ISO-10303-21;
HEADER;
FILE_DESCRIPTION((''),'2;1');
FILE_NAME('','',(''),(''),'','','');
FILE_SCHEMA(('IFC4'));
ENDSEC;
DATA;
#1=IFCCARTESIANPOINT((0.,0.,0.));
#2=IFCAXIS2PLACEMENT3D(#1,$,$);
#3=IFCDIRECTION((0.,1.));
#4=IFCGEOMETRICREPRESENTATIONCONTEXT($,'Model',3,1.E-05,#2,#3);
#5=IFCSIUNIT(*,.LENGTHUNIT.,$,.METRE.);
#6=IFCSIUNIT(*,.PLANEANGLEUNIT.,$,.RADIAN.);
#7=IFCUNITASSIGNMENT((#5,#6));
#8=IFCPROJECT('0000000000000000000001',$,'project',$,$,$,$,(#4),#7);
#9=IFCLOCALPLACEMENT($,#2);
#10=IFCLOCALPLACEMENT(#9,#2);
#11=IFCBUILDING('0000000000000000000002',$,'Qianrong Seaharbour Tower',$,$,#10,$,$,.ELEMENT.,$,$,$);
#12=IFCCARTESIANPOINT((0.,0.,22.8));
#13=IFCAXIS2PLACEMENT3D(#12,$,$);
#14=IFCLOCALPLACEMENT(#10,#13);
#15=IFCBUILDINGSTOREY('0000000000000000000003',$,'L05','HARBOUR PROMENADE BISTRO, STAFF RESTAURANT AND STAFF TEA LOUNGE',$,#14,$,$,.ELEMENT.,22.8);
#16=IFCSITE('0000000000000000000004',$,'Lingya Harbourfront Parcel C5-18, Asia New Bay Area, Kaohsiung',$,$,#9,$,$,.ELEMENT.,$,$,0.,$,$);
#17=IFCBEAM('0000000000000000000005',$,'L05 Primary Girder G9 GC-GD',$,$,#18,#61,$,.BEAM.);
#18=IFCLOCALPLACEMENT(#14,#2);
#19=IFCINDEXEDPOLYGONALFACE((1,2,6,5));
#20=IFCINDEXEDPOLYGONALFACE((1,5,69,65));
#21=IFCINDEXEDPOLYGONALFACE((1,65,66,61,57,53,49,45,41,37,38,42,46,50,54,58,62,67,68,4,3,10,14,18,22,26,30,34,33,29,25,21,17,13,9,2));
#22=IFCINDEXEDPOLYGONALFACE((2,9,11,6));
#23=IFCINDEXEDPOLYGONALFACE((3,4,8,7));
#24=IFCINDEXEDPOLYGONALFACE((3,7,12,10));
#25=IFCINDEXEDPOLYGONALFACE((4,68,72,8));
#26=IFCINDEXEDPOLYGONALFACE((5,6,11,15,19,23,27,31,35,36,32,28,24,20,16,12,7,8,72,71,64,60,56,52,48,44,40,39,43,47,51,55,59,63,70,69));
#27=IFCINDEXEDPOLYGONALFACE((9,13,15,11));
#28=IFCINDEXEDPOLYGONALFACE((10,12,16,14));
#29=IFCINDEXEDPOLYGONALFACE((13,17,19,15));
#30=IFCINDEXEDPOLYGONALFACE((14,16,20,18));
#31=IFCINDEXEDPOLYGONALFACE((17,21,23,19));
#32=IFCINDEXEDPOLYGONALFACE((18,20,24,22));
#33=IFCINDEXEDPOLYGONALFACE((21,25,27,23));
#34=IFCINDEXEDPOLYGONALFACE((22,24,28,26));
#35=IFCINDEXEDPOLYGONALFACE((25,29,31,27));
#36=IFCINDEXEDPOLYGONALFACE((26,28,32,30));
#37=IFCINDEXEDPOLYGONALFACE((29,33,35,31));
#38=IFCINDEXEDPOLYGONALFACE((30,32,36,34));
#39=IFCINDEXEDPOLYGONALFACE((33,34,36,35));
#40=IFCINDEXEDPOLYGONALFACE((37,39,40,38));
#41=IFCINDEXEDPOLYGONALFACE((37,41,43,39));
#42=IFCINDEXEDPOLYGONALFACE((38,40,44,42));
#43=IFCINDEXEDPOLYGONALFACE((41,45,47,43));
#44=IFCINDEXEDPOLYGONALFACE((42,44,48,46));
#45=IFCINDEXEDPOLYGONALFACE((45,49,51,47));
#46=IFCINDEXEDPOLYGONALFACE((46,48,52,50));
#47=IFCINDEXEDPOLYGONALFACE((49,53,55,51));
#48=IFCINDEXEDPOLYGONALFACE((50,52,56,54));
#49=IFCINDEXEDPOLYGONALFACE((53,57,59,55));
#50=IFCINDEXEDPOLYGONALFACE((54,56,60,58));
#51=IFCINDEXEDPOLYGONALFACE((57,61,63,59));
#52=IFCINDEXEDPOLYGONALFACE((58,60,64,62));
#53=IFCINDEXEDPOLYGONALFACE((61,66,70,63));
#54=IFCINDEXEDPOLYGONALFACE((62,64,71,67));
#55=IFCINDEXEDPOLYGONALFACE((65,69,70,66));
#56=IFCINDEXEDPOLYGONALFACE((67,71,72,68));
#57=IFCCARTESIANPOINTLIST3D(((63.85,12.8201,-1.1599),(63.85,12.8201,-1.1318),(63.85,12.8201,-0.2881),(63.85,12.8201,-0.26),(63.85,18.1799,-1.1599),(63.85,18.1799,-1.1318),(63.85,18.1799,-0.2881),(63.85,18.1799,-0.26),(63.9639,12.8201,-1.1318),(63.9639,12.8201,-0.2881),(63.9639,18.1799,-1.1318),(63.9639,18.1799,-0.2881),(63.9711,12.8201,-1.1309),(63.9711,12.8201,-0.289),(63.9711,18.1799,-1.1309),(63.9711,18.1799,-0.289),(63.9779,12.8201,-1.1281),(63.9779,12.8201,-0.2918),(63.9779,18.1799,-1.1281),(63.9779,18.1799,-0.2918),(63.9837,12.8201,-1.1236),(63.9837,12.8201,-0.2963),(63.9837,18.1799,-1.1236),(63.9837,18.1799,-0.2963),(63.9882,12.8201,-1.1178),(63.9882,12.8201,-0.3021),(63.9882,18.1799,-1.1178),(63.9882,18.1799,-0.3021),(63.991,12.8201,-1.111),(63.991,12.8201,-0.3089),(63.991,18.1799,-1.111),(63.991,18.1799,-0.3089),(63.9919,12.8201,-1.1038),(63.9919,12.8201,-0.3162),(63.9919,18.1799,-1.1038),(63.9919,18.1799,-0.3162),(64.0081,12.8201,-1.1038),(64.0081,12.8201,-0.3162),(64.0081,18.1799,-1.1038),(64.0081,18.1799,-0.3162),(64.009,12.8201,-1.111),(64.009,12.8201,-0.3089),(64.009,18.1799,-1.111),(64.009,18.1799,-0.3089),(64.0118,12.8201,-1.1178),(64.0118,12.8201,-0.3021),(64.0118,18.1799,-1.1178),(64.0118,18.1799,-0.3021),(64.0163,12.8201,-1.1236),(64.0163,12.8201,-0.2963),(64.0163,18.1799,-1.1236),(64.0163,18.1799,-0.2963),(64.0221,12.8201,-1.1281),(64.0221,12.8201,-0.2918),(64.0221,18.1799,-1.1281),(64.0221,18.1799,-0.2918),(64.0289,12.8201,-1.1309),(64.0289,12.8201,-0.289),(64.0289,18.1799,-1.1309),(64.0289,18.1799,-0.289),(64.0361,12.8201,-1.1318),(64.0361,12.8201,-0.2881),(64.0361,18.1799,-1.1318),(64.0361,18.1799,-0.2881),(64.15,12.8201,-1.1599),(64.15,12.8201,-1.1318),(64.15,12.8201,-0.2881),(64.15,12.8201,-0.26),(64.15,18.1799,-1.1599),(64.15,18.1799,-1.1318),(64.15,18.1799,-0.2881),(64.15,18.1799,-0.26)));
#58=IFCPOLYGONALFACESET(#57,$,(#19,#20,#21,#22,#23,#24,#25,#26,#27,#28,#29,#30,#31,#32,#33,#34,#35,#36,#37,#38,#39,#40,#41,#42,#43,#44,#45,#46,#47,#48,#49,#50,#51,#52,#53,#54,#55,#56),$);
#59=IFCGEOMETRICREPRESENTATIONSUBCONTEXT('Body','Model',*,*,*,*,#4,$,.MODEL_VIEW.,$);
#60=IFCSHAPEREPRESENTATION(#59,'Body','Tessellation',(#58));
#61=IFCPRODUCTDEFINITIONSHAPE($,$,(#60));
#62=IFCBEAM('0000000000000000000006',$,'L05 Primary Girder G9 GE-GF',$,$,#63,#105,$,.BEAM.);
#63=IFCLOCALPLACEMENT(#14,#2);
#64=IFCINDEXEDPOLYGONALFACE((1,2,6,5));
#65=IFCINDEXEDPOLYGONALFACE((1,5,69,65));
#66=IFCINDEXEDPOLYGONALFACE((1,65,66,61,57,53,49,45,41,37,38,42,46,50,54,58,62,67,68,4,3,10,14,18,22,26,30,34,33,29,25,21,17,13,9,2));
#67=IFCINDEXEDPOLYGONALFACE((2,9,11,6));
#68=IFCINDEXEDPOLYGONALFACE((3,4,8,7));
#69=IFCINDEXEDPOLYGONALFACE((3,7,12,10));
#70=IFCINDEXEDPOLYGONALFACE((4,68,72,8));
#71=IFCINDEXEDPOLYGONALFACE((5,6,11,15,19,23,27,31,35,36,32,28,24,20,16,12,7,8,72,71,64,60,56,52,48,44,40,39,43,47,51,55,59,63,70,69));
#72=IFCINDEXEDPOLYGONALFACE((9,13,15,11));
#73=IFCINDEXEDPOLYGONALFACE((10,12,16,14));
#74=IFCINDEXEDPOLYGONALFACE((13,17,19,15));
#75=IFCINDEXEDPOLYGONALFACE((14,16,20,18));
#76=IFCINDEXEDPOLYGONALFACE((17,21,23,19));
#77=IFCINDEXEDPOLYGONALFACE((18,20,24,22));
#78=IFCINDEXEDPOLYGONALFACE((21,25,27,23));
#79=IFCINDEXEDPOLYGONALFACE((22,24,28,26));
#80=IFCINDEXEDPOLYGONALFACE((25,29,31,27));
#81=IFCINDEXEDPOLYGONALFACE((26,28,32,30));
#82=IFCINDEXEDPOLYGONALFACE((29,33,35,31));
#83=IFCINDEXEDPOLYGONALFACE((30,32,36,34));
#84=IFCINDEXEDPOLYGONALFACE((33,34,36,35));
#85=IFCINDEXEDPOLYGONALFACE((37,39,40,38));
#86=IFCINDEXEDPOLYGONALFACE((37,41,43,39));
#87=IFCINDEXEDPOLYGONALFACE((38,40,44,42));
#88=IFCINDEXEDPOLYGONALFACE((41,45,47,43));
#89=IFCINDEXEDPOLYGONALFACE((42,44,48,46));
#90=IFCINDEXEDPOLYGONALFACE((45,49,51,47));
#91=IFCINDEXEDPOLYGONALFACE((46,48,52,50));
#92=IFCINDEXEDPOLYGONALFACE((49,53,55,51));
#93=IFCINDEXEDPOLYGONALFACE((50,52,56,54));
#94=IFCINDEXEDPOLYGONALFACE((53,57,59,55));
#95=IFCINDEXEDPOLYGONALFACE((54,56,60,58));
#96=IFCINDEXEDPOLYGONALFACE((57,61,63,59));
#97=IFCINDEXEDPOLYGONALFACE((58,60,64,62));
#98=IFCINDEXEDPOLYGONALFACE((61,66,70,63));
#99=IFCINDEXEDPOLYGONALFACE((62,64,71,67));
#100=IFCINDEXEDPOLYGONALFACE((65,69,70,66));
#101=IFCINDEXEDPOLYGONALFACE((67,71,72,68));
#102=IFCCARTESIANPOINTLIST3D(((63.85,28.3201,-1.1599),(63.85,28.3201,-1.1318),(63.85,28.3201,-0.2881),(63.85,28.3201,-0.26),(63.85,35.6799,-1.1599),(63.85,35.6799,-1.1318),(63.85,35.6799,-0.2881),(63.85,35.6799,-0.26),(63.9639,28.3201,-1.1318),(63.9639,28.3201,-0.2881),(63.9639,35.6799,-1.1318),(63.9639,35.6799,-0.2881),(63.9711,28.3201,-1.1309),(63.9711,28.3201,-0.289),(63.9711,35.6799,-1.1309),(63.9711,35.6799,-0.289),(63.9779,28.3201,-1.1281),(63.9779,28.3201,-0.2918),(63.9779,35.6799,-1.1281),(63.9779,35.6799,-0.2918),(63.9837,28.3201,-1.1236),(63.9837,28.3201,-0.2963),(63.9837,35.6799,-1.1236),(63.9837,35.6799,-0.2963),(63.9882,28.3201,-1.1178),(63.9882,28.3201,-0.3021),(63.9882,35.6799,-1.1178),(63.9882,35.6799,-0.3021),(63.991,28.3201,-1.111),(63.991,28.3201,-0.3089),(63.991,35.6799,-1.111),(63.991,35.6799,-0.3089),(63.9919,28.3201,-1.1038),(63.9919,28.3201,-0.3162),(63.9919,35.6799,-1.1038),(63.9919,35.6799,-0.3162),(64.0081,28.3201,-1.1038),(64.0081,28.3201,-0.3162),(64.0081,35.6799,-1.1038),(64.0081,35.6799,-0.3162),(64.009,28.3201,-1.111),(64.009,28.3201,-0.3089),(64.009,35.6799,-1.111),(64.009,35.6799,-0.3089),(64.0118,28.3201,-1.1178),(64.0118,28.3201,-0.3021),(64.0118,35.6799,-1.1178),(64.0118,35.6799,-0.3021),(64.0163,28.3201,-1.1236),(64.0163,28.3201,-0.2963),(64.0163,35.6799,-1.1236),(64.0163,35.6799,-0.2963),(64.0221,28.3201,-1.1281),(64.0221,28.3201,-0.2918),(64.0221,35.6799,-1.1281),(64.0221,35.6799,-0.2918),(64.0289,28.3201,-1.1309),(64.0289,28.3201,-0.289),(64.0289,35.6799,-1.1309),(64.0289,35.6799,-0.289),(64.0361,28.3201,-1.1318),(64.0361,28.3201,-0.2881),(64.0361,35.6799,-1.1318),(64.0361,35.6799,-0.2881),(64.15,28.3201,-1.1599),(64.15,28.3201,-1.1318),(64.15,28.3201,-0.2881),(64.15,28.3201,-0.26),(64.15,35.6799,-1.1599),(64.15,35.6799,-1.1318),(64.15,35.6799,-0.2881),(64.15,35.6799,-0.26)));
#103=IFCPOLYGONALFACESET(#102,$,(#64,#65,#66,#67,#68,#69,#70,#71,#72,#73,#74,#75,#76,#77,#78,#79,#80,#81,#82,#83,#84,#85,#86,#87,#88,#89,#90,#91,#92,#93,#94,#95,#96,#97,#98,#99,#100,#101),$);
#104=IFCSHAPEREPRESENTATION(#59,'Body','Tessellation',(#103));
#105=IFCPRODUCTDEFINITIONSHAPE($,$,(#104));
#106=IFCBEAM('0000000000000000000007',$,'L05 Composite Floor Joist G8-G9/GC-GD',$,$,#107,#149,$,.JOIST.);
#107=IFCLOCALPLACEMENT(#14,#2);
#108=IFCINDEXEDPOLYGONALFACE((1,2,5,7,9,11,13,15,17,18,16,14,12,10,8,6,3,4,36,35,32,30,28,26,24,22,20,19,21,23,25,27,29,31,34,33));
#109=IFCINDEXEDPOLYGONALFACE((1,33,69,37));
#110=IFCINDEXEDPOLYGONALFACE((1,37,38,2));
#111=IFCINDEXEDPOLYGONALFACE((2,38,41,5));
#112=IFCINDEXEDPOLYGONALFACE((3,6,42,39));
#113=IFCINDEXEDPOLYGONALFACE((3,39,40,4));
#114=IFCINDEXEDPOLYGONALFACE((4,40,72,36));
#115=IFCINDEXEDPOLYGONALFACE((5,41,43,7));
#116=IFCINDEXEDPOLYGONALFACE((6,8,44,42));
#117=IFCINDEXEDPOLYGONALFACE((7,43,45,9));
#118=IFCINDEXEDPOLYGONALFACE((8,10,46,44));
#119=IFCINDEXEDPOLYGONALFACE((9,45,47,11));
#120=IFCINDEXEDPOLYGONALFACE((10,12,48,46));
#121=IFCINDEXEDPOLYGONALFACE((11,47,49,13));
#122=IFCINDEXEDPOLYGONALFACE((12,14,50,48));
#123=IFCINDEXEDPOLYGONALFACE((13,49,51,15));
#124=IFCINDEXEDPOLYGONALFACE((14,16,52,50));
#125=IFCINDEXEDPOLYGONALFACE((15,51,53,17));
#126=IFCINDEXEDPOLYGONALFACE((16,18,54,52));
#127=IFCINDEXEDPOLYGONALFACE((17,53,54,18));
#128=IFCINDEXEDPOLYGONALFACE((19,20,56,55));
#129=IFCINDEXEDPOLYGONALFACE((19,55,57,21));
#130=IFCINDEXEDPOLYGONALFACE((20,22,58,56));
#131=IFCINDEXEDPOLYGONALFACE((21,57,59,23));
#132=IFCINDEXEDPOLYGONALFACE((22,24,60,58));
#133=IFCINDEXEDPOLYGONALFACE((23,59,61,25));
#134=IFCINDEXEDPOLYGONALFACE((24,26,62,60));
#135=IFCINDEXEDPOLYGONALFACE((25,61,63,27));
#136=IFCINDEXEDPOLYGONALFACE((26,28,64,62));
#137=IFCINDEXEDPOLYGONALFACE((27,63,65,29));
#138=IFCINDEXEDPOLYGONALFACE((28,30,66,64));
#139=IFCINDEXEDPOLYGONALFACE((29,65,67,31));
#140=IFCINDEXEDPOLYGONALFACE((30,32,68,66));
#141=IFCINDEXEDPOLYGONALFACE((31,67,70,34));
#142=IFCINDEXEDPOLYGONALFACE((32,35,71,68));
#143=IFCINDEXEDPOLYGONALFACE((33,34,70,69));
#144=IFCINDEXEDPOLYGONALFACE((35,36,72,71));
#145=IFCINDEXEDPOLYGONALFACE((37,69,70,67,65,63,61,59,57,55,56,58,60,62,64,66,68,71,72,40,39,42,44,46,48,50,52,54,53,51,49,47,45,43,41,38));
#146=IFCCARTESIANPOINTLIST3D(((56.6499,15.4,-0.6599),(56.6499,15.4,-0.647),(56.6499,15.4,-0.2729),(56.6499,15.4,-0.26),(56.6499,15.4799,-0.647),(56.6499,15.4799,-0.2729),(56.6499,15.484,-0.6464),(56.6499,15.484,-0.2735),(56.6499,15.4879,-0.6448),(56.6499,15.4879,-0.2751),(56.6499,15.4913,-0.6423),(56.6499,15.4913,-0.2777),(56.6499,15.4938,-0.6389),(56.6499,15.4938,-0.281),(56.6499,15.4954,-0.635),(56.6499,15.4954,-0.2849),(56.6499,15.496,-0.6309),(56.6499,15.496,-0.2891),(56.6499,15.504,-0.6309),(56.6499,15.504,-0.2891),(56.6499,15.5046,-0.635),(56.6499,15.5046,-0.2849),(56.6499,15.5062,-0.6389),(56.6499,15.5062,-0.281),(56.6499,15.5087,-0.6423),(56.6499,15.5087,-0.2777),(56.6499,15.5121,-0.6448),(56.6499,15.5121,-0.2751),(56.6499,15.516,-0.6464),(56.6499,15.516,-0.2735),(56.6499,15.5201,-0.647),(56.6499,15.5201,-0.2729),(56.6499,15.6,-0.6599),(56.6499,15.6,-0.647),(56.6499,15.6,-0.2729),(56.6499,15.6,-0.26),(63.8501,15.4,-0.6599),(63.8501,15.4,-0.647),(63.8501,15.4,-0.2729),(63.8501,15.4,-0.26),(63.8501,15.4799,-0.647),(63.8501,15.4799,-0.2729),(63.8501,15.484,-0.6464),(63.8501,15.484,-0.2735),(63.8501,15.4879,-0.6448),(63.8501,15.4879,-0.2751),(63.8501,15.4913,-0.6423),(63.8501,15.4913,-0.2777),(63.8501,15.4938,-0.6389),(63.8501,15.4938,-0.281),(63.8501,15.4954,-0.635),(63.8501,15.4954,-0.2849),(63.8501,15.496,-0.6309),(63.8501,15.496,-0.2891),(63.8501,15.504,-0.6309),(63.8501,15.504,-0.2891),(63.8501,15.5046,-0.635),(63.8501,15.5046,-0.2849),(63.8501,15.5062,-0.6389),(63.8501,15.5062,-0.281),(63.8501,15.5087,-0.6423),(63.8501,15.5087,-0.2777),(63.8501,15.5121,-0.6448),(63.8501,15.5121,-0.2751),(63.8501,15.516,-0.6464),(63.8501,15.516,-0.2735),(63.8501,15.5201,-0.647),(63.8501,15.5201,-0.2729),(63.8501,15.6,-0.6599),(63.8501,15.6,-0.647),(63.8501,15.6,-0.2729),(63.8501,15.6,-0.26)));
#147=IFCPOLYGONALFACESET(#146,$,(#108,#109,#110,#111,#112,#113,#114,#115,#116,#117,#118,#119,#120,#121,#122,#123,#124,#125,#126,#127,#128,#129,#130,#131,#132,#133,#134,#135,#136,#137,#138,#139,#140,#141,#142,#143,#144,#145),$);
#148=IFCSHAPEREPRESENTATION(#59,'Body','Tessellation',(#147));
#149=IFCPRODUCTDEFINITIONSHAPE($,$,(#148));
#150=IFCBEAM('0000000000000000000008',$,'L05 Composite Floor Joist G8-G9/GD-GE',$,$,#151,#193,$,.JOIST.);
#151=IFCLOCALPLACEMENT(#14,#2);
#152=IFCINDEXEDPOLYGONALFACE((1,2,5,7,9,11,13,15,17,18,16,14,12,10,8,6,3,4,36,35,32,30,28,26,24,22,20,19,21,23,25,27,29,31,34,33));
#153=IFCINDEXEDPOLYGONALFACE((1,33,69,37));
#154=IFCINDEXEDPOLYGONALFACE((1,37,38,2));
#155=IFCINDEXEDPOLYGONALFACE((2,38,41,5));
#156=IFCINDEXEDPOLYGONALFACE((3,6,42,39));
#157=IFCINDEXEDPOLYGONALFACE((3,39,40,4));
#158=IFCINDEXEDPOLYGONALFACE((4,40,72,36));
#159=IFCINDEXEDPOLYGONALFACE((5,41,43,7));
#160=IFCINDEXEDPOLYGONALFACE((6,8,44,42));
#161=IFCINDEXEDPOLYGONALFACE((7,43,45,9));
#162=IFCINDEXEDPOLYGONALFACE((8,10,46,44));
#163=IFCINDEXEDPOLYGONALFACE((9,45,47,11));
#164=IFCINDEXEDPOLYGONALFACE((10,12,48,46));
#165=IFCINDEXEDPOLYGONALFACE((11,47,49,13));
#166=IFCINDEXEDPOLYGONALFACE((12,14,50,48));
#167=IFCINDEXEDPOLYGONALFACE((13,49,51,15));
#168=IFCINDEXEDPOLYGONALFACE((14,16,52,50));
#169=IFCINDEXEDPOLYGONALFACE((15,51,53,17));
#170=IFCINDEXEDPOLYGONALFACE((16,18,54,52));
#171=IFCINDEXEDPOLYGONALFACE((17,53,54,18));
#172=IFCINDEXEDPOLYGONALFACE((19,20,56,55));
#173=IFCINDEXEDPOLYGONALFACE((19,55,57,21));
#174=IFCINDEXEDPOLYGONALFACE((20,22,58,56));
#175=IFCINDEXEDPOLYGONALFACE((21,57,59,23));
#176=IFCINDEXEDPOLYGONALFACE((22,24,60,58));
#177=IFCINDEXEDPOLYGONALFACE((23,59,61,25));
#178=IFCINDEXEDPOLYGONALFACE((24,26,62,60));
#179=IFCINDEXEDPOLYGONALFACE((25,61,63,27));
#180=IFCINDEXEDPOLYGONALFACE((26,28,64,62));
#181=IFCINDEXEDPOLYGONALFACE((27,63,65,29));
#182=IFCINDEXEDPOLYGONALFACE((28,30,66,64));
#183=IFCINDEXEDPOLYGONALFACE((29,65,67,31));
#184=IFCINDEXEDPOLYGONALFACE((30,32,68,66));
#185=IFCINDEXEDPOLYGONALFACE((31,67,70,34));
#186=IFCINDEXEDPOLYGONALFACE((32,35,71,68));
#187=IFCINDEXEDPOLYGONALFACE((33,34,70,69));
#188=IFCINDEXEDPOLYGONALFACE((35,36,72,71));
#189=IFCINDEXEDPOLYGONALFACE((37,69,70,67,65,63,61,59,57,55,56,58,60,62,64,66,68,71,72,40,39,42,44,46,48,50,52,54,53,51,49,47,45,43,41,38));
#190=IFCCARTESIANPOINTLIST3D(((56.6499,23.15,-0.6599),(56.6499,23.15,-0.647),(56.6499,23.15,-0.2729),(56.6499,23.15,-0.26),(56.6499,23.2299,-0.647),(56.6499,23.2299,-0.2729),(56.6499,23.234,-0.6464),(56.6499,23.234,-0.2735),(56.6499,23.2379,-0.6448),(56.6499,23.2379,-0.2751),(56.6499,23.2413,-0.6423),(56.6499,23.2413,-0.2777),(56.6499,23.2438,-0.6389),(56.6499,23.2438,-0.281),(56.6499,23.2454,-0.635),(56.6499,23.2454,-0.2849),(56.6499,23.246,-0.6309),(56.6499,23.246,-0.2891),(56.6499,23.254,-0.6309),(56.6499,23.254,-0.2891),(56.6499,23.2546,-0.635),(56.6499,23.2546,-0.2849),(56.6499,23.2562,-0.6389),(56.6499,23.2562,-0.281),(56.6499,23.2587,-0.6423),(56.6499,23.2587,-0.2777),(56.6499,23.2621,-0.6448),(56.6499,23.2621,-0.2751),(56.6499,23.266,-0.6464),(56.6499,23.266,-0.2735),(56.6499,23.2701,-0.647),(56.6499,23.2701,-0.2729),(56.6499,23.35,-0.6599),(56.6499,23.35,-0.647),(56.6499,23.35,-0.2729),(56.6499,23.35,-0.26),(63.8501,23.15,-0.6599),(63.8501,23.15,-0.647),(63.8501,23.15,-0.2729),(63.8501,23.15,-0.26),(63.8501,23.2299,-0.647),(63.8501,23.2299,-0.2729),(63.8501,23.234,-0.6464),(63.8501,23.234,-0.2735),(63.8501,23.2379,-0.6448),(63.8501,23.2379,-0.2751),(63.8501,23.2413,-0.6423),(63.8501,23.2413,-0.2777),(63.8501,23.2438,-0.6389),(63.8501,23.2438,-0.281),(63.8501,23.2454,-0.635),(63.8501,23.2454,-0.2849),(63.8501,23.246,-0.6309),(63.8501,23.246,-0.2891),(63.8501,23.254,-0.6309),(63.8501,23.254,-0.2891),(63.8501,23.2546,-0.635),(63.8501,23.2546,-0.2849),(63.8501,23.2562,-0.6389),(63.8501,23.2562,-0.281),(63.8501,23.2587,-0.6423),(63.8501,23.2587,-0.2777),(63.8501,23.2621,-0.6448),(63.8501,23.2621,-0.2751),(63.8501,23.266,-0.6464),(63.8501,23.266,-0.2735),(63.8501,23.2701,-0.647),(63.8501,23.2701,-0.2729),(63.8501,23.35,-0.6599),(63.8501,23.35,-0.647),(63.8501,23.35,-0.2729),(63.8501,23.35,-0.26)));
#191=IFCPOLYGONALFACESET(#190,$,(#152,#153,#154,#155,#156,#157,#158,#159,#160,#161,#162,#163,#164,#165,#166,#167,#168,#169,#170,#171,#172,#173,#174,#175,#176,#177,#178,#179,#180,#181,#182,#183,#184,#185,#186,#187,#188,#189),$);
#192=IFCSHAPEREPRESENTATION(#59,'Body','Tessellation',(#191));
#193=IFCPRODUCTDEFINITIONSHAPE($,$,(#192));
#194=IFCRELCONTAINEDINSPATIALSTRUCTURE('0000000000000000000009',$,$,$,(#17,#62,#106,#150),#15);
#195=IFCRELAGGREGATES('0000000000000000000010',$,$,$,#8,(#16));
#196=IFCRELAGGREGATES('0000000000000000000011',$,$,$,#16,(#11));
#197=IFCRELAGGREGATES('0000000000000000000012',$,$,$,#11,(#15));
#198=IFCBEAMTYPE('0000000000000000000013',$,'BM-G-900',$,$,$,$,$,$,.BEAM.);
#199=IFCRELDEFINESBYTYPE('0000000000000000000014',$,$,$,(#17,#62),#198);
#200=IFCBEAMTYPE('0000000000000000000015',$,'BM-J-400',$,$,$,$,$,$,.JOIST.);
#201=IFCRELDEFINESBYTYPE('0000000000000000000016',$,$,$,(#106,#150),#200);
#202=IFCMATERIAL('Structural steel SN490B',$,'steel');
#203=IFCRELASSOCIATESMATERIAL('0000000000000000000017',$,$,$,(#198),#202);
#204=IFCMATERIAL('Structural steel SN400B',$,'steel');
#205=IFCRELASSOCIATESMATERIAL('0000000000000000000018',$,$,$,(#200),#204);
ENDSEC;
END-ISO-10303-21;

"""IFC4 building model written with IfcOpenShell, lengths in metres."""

from ifc_helpers import new_model, si_unit, direction, frame, origin, origin_2d, place, context, subcontext, project, spatial, i_section, extrude, material, material_profile, profile_set, type_object, element, save


model = new_model("IFC4")

# Units and contexts
model_context = context("Model", 3, precision=1e-05, world=origin(), true_north=direction((0.0, 1.0)))
body_context = subcontext(model_context, "Body", "Model", "MODEL_VIEW")
ifc_project = project(units=[si_unit("LENGTHUNIT", "METRE"), si_unit("PLANEANGLEUNIT", "RADIAN")], contexts=[model_context])

# Site, building, storey
site_placement = place(None, origin())
site = spatial("IfcSite", under=ifc_project, at=site_placement, Name="Lingya Harbourfront Parcel C5-18, Asia New Bay Area, Kaohsiung", CompositionType="ELEMENT", RefElevation=0.0)
building_placement = place(site_placement, origin())
building = spatial("IfcBuilding", under=site, at=building_placement, Name="Qianrong Seaharbour Tower", CompositionType="ELEMENT")
storey_placement = place(building_placement, frame((0.0, 0.0, 22.8)))
storey = spatial("IfcBuildingStorey", under=building, at=storey_placement, Name="L05", Description="HARBOUR PROMENADE BISTRO, STAFF RESTAURANT AND STAFF TEA LOUNGE", CompositionType="ELEMENT", Elevation=22.8)

# Shared definitions
ifc_material_1 = material(Name="Structural steel SN490B", Category="steel")

# Beams
ifc_material_profile_1 = material_profile(ifc_material_1, i_section(OverallWidth=0.3, OverallDepth=0.8999, WebThickness=0.0161, FlangeThickness=0.0281, FilletRadius=0.0281, at=origin_2d()), Name="H900x300x16x28")
ifc_profile_set_1 = profile_set([ifc_material_profile_1], Name="Structural steel SN490B")
beam_type_1 = type_object("IfcBeamType", Name="BM-G-900", PredefinedType="BEAM", material=ifc_profile_set_1)
beam_1_placement = place(storey_placement, frame((64.0, 12.8201, -0.71), z_axis=(0.0, 1.0, 0.0), x_axis=(-1.0, 0.0, 0.0)))
element("IfcBeam", 1, at=beam_1_placement, inside=storey, type_object=beam_type_1, Name="L05 Primary Girder G9 GC-GD", PredefinedType="BEAM", context=body_context, shape_type="SweptSolid", body=[
    extrude(i_section(OverallWidth=0.3, OverallDepth=0.8999, WebThickness=0.0161, FlangeThickness=0.0281, FilletRadius=0.0281, at=origin_2d()), origin(), (0.0, 0.0, 1.0), 5.3599),
])
beam_2_placement = place(storey_placement, frame((64.0, 28.3201, -0.71), z_axis=(0.0, 1.0, 0.0), x_axis=(-1.0, 0.0, 0.0)))
element("IfcBeam", 2, at=beam_2_placement, inside=storey, type_object=beam_type_1, Name="L05 Primary Girder G9 GE-GF", PredefinedType="BEAM", context=body_context, shape_type="SweptSolid", body=[
    extrude(i_section(OverallWidth=0.3, OverallDepth=0.8999, WebThickness=0.0161, FlangeThickness=0.0281, FilletRadius=0.0281, at=origin_2d()), origin(), (0.0, 0.0, 1.0), 7.3599),
])
ifc_material_2 = material(Name="Structural steel SN400B", Category="steel")
ifc_material_profile_2 = material_profile(ifc_material_2, i_section(OverallWidth=0.2, OverallDepth=0.3999, WebThickness=0.0081, FlangeThickness=0.0129, FilletRadius=0.0161, at=origin_2d()), Name="H400x200x8x13")
ifc_profile_set_2 = profile_set([ifc_material_profile_2], Name="Structural steel SN400B")
beam_type_2 = type_object("IfcBeamType", Name="BM-J-400", PredefinedType="JOIST", material=ifc_profile_set_2)
for number, where, z_axis, x_axis, name in (
    (3, (56.6499, 15.5, -0.46), (1.0, 0.0, 0.0), (0.0, 1.0, 0.0), "L05 Composite Floor Joist G8-G9/GC-GD"),
    (4, (56.6499, 23.25, -0.46), (1.0, 0.0, 0.0), (0.0, 1.0, 0.0), "L05 Composite Floor Joist G8-G9/GD-GE"),
):
    element("IfcBeam", number, at=place(storey_placement, frame(where, z_axis=z_axis, x_axis=x_axis)), inside=storey, type_object=beam_type_2, Name=name, PredefinedType="JOIST", context=body_context, shape_type="SweptSolid", body=[
        extrude(i_section(OverallWidth=0.2, OverallDepth=0.3999, WebThickness=0.0081, FlangeThickness=0.0129, FilletRadius=0.0161, at=origin_2d()), origin(), (0.0, 0.0, 1.0), 7.2002),
    ])

save(model, "model.ifc")
